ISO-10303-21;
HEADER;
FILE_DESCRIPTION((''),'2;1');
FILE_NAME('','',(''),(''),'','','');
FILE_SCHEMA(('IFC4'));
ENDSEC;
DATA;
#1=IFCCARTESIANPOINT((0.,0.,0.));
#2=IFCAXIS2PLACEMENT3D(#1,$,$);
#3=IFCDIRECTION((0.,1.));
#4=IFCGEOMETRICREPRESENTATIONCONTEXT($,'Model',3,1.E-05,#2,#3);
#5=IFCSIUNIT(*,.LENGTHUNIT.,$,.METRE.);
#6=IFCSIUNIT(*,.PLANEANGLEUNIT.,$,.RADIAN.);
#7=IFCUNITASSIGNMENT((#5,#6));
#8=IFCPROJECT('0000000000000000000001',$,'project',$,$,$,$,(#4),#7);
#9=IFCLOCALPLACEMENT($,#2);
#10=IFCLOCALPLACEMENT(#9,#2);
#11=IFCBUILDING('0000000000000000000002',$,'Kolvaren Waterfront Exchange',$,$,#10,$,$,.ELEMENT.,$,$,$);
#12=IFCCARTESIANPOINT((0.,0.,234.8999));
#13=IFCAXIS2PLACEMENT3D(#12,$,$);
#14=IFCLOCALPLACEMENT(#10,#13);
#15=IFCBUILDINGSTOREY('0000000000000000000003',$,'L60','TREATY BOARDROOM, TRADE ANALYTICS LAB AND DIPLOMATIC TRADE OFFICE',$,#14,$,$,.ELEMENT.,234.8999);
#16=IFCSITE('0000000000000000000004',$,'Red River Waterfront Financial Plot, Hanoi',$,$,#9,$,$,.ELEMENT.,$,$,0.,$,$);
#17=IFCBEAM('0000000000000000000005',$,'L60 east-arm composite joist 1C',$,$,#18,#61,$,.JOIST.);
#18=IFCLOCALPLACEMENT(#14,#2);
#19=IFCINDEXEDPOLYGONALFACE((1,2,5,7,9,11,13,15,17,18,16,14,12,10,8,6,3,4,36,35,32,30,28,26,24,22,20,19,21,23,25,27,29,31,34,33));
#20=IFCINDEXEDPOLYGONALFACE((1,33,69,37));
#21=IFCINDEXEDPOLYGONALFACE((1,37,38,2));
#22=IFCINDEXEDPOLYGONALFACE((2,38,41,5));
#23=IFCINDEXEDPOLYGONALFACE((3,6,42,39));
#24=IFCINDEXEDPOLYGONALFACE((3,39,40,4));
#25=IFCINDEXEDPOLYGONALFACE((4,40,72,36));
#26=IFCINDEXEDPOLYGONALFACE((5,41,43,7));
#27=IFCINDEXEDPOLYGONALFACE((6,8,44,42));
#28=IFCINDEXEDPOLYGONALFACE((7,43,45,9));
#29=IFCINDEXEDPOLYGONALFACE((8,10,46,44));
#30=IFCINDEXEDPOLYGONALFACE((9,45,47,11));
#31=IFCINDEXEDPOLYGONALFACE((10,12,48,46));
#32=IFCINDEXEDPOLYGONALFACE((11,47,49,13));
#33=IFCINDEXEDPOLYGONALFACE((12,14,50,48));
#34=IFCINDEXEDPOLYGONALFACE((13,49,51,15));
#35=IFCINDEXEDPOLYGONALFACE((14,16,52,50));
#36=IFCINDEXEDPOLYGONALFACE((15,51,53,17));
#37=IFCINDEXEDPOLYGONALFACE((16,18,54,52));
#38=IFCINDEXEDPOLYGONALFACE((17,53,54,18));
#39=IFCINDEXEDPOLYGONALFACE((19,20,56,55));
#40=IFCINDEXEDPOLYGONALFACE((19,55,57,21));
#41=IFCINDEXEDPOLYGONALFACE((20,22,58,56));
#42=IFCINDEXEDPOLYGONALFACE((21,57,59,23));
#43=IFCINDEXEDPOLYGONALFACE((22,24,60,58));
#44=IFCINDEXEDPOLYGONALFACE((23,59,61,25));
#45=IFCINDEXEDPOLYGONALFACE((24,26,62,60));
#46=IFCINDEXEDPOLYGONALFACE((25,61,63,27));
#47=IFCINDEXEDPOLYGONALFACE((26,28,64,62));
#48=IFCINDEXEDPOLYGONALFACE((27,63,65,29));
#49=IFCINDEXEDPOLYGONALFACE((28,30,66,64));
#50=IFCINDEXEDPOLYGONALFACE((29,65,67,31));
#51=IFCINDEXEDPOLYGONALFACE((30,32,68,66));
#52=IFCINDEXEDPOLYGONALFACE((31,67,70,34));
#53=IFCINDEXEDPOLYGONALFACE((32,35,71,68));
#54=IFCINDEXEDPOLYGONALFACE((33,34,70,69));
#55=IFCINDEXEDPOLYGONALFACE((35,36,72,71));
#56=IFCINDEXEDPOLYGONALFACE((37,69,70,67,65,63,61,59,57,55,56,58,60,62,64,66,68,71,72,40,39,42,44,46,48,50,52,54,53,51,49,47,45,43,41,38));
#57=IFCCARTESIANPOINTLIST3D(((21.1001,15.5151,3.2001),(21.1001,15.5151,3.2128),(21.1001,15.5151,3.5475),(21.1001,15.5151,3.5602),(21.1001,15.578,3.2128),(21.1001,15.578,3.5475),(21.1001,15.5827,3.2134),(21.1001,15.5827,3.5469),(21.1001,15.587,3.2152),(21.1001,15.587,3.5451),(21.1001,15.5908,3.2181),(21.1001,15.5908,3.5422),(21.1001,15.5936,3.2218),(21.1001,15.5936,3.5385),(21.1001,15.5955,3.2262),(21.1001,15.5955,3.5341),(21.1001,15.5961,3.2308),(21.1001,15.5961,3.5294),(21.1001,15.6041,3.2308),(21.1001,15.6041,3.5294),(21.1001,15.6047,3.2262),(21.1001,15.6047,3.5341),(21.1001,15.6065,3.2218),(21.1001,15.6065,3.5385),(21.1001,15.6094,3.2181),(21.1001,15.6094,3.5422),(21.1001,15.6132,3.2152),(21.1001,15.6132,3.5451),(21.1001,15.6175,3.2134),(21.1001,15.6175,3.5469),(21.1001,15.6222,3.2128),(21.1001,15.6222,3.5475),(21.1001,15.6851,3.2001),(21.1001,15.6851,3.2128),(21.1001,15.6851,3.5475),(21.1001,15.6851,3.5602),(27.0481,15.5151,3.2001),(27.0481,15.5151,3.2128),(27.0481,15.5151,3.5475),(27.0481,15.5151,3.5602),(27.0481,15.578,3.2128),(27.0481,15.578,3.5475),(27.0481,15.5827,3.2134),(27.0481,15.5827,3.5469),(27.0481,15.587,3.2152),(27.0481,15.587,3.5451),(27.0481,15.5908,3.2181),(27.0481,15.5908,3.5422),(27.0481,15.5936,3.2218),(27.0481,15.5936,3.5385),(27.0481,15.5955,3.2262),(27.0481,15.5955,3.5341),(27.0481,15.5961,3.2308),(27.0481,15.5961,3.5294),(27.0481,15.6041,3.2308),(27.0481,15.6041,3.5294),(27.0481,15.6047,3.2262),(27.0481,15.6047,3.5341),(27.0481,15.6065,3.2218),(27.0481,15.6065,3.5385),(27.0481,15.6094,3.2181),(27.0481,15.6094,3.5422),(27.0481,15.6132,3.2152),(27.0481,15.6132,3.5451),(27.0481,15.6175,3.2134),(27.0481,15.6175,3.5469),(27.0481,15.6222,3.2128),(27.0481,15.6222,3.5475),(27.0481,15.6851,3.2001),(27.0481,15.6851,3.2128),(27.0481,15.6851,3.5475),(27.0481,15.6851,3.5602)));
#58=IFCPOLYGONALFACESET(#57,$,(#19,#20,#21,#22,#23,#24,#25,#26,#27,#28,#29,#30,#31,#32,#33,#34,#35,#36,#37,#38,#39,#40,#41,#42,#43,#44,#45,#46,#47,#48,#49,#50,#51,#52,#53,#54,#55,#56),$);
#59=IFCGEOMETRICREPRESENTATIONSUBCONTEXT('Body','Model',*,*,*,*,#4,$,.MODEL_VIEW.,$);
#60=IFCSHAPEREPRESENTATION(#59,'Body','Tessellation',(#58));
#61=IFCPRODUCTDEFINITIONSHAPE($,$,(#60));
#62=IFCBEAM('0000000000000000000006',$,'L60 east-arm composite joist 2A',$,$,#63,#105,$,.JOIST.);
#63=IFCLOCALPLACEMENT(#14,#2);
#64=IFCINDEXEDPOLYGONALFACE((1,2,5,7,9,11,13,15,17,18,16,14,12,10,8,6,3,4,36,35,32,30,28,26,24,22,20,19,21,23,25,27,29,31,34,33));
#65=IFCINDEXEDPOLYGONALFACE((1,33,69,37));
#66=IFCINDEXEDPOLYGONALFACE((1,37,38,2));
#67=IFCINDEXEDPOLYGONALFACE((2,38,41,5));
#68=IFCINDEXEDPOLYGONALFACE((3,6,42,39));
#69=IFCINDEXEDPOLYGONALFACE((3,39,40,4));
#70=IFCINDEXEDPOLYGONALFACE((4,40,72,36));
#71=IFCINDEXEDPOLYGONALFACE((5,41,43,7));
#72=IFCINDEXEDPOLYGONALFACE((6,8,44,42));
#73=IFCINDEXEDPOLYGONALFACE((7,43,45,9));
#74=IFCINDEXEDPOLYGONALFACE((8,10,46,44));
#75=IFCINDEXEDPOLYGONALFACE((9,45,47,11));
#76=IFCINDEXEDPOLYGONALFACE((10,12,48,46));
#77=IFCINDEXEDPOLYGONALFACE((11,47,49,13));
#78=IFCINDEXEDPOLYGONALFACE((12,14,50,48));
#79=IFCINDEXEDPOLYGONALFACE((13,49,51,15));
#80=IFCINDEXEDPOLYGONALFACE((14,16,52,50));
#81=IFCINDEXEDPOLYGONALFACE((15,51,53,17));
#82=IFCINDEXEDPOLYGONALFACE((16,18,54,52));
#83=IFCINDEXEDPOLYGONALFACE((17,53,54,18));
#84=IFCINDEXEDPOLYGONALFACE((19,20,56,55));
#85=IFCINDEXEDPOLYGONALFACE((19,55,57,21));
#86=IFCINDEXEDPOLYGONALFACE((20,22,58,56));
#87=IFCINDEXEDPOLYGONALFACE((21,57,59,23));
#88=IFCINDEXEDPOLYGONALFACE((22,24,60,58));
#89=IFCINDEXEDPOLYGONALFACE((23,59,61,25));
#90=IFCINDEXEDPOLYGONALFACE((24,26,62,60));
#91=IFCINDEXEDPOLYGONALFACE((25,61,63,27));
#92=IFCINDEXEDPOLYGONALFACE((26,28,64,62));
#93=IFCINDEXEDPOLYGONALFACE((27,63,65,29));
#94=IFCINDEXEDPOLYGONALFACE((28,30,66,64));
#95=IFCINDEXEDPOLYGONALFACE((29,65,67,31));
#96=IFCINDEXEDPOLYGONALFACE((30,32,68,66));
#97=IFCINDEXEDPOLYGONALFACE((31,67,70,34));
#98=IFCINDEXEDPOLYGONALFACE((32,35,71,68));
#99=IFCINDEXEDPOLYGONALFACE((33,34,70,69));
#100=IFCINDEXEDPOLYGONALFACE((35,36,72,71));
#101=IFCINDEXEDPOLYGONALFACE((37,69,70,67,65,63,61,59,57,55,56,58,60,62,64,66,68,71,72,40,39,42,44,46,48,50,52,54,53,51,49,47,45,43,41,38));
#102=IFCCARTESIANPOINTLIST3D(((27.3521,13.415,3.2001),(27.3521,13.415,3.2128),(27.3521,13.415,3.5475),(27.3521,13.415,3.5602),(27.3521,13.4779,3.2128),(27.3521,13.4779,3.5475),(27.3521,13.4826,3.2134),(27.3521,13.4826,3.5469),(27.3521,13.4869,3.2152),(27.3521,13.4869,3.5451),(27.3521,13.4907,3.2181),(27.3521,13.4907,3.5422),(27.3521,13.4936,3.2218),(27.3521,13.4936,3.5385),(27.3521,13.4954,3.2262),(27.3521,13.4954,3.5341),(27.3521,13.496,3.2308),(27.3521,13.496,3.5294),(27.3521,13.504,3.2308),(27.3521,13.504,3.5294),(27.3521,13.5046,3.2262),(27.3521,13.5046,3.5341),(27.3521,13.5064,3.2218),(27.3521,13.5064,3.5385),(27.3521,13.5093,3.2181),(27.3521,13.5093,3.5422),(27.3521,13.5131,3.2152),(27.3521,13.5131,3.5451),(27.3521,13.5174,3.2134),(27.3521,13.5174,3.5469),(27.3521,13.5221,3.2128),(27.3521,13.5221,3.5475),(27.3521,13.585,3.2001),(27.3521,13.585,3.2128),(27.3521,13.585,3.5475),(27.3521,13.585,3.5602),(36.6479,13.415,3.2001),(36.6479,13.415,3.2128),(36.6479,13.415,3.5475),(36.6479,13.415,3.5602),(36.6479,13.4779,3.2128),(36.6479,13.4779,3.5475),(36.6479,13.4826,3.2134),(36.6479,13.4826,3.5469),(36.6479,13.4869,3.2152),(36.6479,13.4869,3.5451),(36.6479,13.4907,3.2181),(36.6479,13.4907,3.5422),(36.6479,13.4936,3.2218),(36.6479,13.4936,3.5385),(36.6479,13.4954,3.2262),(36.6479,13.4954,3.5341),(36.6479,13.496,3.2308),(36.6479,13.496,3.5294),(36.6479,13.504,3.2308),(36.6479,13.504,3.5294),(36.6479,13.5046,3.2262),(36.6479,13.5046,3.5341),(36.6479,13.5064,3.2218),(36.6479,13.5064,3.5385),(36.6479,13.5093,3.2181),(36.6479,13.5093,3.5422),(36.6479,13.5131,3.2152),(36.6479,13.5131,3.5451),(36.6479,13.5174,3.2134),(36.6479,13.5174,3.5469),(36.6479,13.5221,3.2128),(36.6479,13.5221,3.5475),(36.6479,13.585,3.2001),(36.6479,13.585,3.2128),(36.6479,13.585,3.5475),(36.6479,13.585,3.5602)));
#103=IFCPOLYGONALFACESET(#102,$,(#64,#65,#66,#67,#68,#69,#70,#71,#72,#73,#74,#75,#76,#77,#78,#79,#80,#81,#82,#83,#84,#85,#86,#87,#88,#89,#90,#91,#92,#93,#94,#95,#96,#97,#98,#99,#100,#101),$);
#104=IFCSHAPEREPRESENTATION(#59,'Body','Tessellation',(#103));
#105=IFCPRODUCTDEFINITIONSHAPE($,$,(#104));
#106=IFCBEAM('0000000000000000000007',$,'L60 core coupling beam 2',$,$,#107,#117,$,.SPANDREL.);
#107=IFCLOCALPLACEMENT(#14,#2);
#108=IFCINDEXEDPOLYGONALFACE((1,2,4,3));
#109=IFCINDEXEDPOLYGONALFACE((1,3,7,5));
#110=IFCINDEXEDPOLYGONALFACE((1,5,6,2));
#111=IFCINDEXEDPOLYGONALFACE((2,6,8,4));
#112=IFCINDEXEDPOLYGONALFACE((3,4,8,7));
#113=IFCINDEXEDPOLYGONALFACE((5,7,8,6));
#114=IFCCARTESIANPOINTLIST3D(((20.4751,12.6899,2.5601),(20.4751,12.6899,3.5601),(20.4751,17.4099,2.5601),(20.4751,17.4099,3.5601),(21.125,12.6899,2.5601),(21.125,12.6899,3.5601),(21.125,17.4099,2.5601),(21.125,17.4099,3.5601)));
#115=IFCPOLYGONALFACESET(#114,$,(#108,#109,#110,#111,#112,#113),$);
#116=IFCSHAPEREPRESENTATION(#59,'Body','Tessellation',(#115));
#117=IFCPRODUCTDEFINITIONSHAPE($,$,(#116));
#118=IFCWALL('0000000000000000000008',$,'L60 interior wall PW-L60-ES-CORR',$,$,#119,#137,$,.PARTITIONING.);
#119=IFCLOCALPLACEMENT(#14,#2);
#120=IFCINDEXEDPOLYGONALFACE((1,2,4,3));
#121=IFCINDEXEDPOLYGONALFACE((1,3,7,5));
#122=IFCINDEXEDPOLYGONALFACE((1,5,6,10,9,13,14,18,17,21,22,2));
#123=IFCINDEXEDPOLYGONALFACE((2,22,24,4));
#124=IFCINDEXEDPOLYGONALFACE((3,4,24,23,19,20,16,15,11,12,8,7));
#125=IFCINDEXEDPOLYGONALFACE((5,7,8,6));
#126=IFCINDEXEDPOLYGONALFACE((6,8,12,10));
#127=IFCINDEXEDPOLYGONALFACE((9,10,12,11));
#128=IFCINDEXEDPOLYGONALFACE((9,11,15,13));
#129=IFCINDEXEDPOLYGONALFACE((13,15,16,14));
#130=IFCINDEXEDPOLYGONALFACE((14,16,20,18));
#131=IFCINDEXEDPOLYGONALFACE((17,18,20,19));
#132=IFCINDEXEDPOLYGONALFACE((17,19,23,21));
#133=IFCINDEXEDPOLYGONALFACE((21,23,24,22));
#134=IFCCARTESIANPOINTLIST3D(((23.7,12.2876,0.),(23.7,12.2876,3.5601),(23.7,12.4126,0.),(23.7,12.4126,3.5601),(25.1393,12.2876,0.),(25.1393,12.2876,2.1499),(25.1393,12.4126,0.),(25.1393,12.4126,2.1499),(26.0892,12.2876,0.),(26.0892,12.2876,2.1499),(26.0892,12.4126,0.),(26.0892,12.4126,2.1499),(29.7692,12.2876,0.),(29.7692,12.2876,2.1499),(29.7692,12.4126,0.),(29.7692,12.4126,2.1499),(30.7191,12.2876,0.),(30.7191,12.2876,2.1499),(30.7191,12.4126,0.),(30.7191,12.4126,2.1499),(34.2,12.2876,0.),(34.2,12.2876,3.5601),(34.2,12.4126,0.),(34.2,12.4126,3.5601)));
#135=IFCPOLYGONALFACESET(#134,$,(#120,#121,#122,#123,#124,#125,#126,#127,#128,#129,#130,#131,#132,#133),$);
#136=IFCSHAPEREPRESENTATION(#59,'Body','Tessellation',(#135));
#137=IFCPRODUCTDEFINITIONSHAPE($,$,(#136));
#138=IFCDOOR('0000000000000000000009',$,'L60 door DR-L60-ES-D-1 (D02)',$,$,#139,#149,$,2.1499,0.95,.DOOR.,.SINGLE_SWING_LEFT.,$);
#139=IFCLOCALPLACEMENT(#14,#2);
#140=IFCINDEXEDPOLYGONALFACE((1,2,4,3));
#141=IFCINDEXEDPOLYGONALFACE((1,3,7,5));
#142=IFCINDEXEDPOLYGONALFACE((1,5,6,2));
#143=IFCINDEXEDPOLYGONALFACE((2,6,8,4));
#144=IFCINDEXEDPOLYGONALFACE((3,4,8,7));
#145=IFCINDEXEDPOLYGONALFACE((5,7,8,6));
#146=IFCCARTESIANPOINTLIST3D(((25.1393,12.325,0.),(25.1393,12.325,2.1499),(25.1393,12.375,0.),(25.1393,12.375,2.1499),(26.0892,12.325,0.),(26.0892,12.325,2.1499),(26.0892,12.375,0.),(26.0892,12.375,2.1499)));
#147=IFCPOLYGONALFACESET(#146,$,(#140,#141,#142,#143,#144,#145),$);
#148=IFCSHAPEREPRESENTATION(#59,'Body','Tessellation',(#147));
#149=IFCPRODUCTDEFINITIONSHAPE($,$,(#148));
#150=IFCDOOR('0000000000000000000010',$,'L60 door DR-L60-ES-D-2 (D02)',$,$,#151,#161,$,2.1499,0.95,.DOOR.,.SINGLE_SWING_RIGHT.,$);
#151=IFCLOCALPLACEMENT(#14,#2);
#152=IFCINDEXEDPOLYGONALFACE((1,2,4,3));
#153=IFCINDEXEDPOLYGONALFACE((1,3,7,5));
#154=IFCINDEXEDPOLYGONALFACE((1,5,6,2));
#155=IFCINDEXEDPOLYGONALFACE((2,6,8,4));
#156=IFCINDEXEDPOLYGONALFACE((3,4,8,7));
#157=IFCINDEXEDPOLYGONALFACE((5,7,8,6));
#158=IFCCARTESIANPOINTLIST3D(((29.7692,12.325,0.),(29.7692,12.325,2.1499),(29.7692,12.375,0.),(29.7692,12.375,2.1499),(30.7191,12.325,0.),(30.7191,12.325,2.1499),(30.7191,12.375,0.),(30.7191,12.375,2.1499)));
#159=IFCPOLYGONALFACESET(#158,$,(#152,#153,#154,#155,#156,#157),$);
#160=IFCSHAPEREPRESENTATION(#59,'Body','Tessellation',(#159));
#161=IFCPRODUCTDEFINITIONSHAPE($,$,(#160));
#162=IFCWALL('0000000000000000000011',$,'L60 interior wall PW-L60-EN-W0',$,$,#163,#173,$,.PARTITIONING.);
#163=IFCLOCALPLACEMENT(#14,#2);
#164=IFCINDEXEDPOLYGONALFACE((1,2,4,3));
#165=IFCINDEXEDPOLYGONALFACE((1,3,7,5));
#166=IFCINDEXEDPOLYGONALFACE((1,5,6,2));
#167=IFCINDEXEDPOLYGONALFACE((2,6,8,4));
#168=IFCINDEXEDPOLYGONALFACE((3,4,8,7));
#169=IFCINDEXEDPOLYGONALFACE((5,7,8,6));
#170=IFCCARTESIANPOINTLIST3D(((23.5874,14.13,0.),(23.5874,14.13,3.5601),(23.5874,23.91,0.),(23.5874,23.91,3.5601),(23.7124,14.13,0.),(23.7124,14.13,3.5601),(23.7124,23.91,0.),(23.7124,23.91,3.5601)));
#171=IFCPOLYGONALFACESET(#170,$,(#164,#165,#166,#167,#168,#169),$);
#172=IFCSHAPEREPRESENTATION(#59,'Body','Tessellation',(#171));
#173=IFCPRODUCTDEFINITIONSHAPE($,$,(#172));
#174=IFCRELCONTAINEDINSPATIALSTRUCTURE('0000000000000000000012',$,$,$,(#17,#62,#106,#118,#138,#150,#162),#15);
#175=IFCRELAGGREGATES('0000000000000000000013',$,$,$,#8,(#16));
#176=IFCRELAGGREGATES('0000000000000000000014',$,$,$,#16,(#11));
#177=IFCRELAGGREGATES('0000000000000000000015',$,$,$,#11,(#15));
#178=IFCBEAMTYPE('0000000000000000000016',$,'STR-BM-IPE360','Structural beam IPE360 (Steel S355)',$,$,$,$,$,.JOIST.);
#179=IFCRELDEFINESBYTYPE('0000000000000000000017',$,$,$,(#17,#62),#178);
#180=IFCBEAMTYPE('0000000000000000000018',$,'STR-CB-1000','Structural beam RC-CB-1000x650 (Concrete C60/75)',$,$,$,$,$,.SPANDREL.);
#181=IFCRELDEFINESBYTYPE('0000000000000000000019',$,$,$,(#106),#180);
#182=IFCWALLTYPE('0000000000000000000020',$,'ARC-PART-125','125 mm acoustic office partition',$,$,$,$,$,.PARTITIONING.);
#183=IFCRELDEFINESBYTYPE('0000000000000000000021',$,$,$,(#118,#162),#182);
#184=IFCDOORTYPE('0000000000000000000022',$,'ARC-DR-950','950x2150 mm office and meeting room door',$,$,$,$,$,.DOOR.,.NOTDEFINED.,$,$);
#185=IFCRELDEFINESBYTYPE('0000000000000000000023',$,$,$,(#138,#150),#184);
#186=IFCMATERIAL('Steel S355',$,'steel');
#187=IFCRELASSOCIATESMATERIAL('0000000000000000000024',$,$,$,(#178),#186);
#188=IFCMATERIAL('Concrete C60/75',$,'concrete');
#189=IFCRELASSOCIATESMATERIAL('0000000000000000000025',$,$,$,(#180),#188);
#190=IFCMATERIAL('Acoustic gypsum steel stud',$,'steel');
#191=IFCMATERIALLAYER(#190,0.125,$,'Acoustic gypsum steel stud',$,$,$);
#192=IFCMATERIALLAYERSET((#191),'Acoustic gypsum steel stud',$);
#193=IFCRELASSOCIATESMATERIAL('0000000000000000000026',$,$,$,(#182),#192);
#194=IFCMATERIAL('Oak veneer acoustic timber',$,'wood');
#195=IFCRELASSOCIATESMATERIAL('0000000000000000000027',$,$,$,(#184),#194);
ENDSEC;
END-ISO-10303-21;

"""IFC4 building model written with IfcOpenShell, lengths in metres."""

from ifc_helpers import new_model, si_unit, direction, frame, frame_2d, origin, origin_2d, place, context, subcontext, project, spatial, rectangle, i_section, extrude, material, layer, layer_set, material_profile, profile_set, type_object, element, fill, save


model = new_model("IFC4")

# Units and contexts
model_context = context("Model", 3, precision=1e-05, world=origin(), true_north=direction((0.0, 1.0)))
body_context = subcontext(model_context, "Body", "Model", "MODEL_VIEW")
ifc_project = project(units=[si_unit("LENGTHUNIT", "METRE"), si_unit("PLANEANGLEUNIT", "RADIAN")], contexts=[model_context])

# Site, building, storey
site_placement = place(None, origin())
site = spatial("IfcSite", under=ifc_project, at=site_placement, Name="Red River Waterfront Financial Plot, Hanoi", CompositionType="ELEMENT", RefElevation=0.0)
building_placement = place(site_placement, origin())
building = spatial("IfcBuilding", under=site, at=building_placement, Name="Kolvaren Waterfront Exchange", CompositionType="ELEMENT")
storey_placement = place(building_placement, frame((0.0, 0.0, 234.8999)))
storey = spatial("IfcBuildingStorey", under=building, at=storey_placement, Name="L60", Description="TREATY BOARDROOM, TRADE ANALYTICS LAB AND DIPLOMATIC TRADE OFFICE", CompositionType="ELEMENT", Elevation=234.8999)

# Beams
ifc_material_1 = material(Name="Steel S355", Category="steel")
ifc_material_profile_1 = material_profile(ifc_material_1, i_section(OverallWidth=0.1699, OverallDepth=0.3601, WebThickness=0.0081, FlangeThickness=0.0127, FilletRadius=0.0181, at=origin_2d()), Name="IPE360")
ifc_profile_set_1 = profile_set([ifc_material_profile_1], Name="Steel S355")
beam_type_1 = type_object("IfcBeamType", Name="STR-BM-IPE360", Description="Structural beam IPE360 (Steel S355)", PredefinedType="JOIST", material=ifc_profile_set_1)
for number, where, z_axis, x_axis, name in (
    (1, (21.1001, 15.6001, 3.3801), (1.0, 0.0, 0.0), (0.0, 1.0, 0.0), "L60 east-arm composite joist 1C"),
):
    element("IfcBeam", number, at=place(storey_placement, frame(where, z_axis=z_axis, x_axis=x_axis)), inside=storey, type_object=beam_type_1, Name=name, PredefinedType="JOIST", context=body_context, shape_type="SweptSolid", body=[
        extrude(i_section(OverallWidth=0.1699, OverallDepth=0.3601, WebThickness=0.0081, FlangeThickness=0.0127, FilletRadius=0.0181, at=origin_2d()), origin(), (0.0, 0.0, 1.0), 5.948),
    ])
beam_1_placement = place(storey_placement, frame((27.3521, 13.5, 3.3801), z_axis=(1.0, 0.0, 0.0), x_axis=(0.0, 1.0, 0.0)))
element("IfcBeam", 2, at=beam_1_placement, inside=storey, type_object=beam_type_1, Name="L60 east-arm composite joist 2A", PredefinedType="JOIST", context=body_context, shape_type="SweptSolid", body=[
    extrude(i_section(OverallWidth=0.1699, OverallDepth=0.3601, WebThickness=0.0081, FlangeThickness=0.0127, FilletRadius=0.0181, at=origin_2d()), origin(), (0.0, 0.0, 1.0), 9.2959),
])
ifc_material_2 = material(Name="Concrete C60/75", Category="concrete")
ifc_material_profile_2 = material_profile(ifc_material_2, rectangle(XDim=0.6499, YDim=1.0, at=origin_2d()), Name="RC-CB-1000x650")
ifc_profile_set_2 = profile_set([ifc_material_profile_2], Name="Concrete C60/75")
beam_type_2 = type_object("IfcBeamType", Name="STR-CB-1000", Description="Structural beam RC-CB-1000x650 (Concrete C60/75)", PredefinedType="SPANDREL", material=ifc_profile_set_2)
beam_2_placement = place(storey_placement, frame((20.8, 12.6899, 3.0601), z_axis=(0.0, 1.0, 0.0), x_axis=(-1.0, 0.0, 0.0)))
element("IfcBeam", 3, at=beam_2_placement, inside=storey, type_object=beam_type_2, Name="L60 core coupling beam 2", PredefinedType="SPANDREL", context=body_context, shape_type="SweptSolid", body=[
    extrude(rectangle(XDim=0.6499, YDim=1.0, at=origin_2d()), origin(), (0.0, 0.0, 1.0), 4.72),
])

# Wall, openings, doors
ifc_material_3 = material(Name="Acoustic gypsum steel stud", Category="steel")
ifc_layer_1 = layer(ifc_material_3, 0.125, Name="Acoustic gypsum steel stud")
ifc_layer_set_1 = layer_set([ifc_layer_1], Name="Acoustic gypsum steel stud")
wall_type_1 = type_object("IfcWallType", Name="ARC-PART-125", Description="125 mm acoustic office partition", PredefinedType="PARTITIONING", material=ifc_layer_set_1)
wall_1_placement = place(storey_placement, frame((23.7, 12.3501, 0.0), z_axis=(0.0, 0.0, 1.0), x_axis=(1.0, 0.0, 0.0)))
wall_1 = element("IfcWall", 4, at=wall_1_placement, inside=storey, type_object=wall_type_1, Name="L60 interior wall PW-L60-ES-CORR", PredefinedType="PARTITIONING", context=body_context, shape_type="SweptSolid", body=[
    extrude(rectangle(XDim=10.5, YDim=0.125, at=frame_2d((5.25, 0.0))), origin(), (0.0, 0.0, 1.0), 3.5601),
])
opening_1_placement = place(wall_1_placement, frame((1.4392, 0.0, 0.0)))
opening_1 = element("IfcOpeningElement", 5, at=opening_1_placement, cuts=wall_1, PredefinedType="OPENING", context=body_context, shape_type="SweptSolid", body=[
    extrude(rectangle(XDim=0.95, YDim=2.1499, at=frame_2d((0.4751, 1.075))), frame((0.0, 0.0725, 0.0), z_axis=(0.0, -1.0, 0.0), x_axis=(1.0, 0.0, 0.0)), (0.0, 0.0, 1.0), 0.145),
])
opening_2_placement = place(wall_1_placement, frame((6.0691, 0.0, 0.0)))
opening_2 = element("IfcOpeningElement", 6, at=opening_2_placement, cuts=wall_1, PredefinedType="OPENING", context=body_context, shape_type="SweptSolid", body=[
    extrude(rectangle(XDim=0.95, YDim=2.1499, at=frame_2d((0.4751, 1.075))), frame((0.0, 0.0725, 0.0), z_axis=(0.0, -1.0, 0.0), x_axis=(1.0, 0.0, 0.0)), (0.0, 0.0, 1.0), 0.145),
])
ifc_material_4 = material(Name="Oak veneer acoustic timber", Category="wood")
door_type = type_object("IfcDoorType", Name="ARC-DR-950", Description="950x2150 mm office and meeting room door", OperationType="NOTDEFINED", PredefinedType="DOOR", material=ifc_material_4)
door_1_placement = place(opening_1_placement, origin())
door_1 = element("IfcDoor", 7, at=door_1_placement, inside=storey, type_object=door_type, Name="L60 door DR-L60-ES-D-1 (D02)", OperationType="SINGLE_SWING_LEFT", OverallHeight=2.1499, OverallWidth=0.95, PredefinedType="DOOR", context=body_context, shape_type="SweptSolid", body=[
    extrude(rectangle(XDim=0.95, YDim=2.1499, at=frame_2d((0.4751, 1.075))), frame((0.0, 0.0249, 0.0), z_axis=(0.0, -1.0, 0.0), x_axis=(1.0, 0.0, 0.0)), (0.0, 0.0, 1.0), 0.05),
])
fill(opening_1, door_1)
door_2_placement = place(opening_2_placement, origin())
door_2 = element("IfcDoor", 8, at=door_2_placement, inside=storey, type_object=door_type, Name="L60 door DR-L60-ES-D-2 (D02)", OperationType="SINGLE_SWING_RIGHT", OverallHeight=2.1499, OverallWidth=0.95, PredefinedType="DOOR", context=body_context, shape_type="SweptSolid", body=[
    extrude(rectangle(XDim=0.95, YDim=2.1499, at=frame_2d((0.4751, 1.075))), frame((0.0, 0.0249, 0.0), z_axis=(0.0, -1.0, 0.0), x_axis=(1.0, 0.0, 0.0)), (0.0, 0.0, 1.0), 0.05),
])
fill(opening_2, door_2)

# Wall
wall_2_placement = place(storey_placement, frame((23.6499, 14.1299, 0.0), z_axis=(0.0, 0.0, 1.0), x_axis=(0.0, 1.0, 0.0)))
element("IfcWall", 9, at=wall_2_placement, inside=storey, type_object=wall_type_1, Name="L60 interior wall PW-L60-EN-W0", PredefinedType="PARTITIONING", context=body_context, shape_type="SweptSolid", body=[
    extrude(rectangle(XDim=9.78, YDim=0.125, at=frame_2d((4.8901, 0.0))), origin(), (0.0, 0.0, 1.0), 3.5601),
])

save(model, "model.ifc")
